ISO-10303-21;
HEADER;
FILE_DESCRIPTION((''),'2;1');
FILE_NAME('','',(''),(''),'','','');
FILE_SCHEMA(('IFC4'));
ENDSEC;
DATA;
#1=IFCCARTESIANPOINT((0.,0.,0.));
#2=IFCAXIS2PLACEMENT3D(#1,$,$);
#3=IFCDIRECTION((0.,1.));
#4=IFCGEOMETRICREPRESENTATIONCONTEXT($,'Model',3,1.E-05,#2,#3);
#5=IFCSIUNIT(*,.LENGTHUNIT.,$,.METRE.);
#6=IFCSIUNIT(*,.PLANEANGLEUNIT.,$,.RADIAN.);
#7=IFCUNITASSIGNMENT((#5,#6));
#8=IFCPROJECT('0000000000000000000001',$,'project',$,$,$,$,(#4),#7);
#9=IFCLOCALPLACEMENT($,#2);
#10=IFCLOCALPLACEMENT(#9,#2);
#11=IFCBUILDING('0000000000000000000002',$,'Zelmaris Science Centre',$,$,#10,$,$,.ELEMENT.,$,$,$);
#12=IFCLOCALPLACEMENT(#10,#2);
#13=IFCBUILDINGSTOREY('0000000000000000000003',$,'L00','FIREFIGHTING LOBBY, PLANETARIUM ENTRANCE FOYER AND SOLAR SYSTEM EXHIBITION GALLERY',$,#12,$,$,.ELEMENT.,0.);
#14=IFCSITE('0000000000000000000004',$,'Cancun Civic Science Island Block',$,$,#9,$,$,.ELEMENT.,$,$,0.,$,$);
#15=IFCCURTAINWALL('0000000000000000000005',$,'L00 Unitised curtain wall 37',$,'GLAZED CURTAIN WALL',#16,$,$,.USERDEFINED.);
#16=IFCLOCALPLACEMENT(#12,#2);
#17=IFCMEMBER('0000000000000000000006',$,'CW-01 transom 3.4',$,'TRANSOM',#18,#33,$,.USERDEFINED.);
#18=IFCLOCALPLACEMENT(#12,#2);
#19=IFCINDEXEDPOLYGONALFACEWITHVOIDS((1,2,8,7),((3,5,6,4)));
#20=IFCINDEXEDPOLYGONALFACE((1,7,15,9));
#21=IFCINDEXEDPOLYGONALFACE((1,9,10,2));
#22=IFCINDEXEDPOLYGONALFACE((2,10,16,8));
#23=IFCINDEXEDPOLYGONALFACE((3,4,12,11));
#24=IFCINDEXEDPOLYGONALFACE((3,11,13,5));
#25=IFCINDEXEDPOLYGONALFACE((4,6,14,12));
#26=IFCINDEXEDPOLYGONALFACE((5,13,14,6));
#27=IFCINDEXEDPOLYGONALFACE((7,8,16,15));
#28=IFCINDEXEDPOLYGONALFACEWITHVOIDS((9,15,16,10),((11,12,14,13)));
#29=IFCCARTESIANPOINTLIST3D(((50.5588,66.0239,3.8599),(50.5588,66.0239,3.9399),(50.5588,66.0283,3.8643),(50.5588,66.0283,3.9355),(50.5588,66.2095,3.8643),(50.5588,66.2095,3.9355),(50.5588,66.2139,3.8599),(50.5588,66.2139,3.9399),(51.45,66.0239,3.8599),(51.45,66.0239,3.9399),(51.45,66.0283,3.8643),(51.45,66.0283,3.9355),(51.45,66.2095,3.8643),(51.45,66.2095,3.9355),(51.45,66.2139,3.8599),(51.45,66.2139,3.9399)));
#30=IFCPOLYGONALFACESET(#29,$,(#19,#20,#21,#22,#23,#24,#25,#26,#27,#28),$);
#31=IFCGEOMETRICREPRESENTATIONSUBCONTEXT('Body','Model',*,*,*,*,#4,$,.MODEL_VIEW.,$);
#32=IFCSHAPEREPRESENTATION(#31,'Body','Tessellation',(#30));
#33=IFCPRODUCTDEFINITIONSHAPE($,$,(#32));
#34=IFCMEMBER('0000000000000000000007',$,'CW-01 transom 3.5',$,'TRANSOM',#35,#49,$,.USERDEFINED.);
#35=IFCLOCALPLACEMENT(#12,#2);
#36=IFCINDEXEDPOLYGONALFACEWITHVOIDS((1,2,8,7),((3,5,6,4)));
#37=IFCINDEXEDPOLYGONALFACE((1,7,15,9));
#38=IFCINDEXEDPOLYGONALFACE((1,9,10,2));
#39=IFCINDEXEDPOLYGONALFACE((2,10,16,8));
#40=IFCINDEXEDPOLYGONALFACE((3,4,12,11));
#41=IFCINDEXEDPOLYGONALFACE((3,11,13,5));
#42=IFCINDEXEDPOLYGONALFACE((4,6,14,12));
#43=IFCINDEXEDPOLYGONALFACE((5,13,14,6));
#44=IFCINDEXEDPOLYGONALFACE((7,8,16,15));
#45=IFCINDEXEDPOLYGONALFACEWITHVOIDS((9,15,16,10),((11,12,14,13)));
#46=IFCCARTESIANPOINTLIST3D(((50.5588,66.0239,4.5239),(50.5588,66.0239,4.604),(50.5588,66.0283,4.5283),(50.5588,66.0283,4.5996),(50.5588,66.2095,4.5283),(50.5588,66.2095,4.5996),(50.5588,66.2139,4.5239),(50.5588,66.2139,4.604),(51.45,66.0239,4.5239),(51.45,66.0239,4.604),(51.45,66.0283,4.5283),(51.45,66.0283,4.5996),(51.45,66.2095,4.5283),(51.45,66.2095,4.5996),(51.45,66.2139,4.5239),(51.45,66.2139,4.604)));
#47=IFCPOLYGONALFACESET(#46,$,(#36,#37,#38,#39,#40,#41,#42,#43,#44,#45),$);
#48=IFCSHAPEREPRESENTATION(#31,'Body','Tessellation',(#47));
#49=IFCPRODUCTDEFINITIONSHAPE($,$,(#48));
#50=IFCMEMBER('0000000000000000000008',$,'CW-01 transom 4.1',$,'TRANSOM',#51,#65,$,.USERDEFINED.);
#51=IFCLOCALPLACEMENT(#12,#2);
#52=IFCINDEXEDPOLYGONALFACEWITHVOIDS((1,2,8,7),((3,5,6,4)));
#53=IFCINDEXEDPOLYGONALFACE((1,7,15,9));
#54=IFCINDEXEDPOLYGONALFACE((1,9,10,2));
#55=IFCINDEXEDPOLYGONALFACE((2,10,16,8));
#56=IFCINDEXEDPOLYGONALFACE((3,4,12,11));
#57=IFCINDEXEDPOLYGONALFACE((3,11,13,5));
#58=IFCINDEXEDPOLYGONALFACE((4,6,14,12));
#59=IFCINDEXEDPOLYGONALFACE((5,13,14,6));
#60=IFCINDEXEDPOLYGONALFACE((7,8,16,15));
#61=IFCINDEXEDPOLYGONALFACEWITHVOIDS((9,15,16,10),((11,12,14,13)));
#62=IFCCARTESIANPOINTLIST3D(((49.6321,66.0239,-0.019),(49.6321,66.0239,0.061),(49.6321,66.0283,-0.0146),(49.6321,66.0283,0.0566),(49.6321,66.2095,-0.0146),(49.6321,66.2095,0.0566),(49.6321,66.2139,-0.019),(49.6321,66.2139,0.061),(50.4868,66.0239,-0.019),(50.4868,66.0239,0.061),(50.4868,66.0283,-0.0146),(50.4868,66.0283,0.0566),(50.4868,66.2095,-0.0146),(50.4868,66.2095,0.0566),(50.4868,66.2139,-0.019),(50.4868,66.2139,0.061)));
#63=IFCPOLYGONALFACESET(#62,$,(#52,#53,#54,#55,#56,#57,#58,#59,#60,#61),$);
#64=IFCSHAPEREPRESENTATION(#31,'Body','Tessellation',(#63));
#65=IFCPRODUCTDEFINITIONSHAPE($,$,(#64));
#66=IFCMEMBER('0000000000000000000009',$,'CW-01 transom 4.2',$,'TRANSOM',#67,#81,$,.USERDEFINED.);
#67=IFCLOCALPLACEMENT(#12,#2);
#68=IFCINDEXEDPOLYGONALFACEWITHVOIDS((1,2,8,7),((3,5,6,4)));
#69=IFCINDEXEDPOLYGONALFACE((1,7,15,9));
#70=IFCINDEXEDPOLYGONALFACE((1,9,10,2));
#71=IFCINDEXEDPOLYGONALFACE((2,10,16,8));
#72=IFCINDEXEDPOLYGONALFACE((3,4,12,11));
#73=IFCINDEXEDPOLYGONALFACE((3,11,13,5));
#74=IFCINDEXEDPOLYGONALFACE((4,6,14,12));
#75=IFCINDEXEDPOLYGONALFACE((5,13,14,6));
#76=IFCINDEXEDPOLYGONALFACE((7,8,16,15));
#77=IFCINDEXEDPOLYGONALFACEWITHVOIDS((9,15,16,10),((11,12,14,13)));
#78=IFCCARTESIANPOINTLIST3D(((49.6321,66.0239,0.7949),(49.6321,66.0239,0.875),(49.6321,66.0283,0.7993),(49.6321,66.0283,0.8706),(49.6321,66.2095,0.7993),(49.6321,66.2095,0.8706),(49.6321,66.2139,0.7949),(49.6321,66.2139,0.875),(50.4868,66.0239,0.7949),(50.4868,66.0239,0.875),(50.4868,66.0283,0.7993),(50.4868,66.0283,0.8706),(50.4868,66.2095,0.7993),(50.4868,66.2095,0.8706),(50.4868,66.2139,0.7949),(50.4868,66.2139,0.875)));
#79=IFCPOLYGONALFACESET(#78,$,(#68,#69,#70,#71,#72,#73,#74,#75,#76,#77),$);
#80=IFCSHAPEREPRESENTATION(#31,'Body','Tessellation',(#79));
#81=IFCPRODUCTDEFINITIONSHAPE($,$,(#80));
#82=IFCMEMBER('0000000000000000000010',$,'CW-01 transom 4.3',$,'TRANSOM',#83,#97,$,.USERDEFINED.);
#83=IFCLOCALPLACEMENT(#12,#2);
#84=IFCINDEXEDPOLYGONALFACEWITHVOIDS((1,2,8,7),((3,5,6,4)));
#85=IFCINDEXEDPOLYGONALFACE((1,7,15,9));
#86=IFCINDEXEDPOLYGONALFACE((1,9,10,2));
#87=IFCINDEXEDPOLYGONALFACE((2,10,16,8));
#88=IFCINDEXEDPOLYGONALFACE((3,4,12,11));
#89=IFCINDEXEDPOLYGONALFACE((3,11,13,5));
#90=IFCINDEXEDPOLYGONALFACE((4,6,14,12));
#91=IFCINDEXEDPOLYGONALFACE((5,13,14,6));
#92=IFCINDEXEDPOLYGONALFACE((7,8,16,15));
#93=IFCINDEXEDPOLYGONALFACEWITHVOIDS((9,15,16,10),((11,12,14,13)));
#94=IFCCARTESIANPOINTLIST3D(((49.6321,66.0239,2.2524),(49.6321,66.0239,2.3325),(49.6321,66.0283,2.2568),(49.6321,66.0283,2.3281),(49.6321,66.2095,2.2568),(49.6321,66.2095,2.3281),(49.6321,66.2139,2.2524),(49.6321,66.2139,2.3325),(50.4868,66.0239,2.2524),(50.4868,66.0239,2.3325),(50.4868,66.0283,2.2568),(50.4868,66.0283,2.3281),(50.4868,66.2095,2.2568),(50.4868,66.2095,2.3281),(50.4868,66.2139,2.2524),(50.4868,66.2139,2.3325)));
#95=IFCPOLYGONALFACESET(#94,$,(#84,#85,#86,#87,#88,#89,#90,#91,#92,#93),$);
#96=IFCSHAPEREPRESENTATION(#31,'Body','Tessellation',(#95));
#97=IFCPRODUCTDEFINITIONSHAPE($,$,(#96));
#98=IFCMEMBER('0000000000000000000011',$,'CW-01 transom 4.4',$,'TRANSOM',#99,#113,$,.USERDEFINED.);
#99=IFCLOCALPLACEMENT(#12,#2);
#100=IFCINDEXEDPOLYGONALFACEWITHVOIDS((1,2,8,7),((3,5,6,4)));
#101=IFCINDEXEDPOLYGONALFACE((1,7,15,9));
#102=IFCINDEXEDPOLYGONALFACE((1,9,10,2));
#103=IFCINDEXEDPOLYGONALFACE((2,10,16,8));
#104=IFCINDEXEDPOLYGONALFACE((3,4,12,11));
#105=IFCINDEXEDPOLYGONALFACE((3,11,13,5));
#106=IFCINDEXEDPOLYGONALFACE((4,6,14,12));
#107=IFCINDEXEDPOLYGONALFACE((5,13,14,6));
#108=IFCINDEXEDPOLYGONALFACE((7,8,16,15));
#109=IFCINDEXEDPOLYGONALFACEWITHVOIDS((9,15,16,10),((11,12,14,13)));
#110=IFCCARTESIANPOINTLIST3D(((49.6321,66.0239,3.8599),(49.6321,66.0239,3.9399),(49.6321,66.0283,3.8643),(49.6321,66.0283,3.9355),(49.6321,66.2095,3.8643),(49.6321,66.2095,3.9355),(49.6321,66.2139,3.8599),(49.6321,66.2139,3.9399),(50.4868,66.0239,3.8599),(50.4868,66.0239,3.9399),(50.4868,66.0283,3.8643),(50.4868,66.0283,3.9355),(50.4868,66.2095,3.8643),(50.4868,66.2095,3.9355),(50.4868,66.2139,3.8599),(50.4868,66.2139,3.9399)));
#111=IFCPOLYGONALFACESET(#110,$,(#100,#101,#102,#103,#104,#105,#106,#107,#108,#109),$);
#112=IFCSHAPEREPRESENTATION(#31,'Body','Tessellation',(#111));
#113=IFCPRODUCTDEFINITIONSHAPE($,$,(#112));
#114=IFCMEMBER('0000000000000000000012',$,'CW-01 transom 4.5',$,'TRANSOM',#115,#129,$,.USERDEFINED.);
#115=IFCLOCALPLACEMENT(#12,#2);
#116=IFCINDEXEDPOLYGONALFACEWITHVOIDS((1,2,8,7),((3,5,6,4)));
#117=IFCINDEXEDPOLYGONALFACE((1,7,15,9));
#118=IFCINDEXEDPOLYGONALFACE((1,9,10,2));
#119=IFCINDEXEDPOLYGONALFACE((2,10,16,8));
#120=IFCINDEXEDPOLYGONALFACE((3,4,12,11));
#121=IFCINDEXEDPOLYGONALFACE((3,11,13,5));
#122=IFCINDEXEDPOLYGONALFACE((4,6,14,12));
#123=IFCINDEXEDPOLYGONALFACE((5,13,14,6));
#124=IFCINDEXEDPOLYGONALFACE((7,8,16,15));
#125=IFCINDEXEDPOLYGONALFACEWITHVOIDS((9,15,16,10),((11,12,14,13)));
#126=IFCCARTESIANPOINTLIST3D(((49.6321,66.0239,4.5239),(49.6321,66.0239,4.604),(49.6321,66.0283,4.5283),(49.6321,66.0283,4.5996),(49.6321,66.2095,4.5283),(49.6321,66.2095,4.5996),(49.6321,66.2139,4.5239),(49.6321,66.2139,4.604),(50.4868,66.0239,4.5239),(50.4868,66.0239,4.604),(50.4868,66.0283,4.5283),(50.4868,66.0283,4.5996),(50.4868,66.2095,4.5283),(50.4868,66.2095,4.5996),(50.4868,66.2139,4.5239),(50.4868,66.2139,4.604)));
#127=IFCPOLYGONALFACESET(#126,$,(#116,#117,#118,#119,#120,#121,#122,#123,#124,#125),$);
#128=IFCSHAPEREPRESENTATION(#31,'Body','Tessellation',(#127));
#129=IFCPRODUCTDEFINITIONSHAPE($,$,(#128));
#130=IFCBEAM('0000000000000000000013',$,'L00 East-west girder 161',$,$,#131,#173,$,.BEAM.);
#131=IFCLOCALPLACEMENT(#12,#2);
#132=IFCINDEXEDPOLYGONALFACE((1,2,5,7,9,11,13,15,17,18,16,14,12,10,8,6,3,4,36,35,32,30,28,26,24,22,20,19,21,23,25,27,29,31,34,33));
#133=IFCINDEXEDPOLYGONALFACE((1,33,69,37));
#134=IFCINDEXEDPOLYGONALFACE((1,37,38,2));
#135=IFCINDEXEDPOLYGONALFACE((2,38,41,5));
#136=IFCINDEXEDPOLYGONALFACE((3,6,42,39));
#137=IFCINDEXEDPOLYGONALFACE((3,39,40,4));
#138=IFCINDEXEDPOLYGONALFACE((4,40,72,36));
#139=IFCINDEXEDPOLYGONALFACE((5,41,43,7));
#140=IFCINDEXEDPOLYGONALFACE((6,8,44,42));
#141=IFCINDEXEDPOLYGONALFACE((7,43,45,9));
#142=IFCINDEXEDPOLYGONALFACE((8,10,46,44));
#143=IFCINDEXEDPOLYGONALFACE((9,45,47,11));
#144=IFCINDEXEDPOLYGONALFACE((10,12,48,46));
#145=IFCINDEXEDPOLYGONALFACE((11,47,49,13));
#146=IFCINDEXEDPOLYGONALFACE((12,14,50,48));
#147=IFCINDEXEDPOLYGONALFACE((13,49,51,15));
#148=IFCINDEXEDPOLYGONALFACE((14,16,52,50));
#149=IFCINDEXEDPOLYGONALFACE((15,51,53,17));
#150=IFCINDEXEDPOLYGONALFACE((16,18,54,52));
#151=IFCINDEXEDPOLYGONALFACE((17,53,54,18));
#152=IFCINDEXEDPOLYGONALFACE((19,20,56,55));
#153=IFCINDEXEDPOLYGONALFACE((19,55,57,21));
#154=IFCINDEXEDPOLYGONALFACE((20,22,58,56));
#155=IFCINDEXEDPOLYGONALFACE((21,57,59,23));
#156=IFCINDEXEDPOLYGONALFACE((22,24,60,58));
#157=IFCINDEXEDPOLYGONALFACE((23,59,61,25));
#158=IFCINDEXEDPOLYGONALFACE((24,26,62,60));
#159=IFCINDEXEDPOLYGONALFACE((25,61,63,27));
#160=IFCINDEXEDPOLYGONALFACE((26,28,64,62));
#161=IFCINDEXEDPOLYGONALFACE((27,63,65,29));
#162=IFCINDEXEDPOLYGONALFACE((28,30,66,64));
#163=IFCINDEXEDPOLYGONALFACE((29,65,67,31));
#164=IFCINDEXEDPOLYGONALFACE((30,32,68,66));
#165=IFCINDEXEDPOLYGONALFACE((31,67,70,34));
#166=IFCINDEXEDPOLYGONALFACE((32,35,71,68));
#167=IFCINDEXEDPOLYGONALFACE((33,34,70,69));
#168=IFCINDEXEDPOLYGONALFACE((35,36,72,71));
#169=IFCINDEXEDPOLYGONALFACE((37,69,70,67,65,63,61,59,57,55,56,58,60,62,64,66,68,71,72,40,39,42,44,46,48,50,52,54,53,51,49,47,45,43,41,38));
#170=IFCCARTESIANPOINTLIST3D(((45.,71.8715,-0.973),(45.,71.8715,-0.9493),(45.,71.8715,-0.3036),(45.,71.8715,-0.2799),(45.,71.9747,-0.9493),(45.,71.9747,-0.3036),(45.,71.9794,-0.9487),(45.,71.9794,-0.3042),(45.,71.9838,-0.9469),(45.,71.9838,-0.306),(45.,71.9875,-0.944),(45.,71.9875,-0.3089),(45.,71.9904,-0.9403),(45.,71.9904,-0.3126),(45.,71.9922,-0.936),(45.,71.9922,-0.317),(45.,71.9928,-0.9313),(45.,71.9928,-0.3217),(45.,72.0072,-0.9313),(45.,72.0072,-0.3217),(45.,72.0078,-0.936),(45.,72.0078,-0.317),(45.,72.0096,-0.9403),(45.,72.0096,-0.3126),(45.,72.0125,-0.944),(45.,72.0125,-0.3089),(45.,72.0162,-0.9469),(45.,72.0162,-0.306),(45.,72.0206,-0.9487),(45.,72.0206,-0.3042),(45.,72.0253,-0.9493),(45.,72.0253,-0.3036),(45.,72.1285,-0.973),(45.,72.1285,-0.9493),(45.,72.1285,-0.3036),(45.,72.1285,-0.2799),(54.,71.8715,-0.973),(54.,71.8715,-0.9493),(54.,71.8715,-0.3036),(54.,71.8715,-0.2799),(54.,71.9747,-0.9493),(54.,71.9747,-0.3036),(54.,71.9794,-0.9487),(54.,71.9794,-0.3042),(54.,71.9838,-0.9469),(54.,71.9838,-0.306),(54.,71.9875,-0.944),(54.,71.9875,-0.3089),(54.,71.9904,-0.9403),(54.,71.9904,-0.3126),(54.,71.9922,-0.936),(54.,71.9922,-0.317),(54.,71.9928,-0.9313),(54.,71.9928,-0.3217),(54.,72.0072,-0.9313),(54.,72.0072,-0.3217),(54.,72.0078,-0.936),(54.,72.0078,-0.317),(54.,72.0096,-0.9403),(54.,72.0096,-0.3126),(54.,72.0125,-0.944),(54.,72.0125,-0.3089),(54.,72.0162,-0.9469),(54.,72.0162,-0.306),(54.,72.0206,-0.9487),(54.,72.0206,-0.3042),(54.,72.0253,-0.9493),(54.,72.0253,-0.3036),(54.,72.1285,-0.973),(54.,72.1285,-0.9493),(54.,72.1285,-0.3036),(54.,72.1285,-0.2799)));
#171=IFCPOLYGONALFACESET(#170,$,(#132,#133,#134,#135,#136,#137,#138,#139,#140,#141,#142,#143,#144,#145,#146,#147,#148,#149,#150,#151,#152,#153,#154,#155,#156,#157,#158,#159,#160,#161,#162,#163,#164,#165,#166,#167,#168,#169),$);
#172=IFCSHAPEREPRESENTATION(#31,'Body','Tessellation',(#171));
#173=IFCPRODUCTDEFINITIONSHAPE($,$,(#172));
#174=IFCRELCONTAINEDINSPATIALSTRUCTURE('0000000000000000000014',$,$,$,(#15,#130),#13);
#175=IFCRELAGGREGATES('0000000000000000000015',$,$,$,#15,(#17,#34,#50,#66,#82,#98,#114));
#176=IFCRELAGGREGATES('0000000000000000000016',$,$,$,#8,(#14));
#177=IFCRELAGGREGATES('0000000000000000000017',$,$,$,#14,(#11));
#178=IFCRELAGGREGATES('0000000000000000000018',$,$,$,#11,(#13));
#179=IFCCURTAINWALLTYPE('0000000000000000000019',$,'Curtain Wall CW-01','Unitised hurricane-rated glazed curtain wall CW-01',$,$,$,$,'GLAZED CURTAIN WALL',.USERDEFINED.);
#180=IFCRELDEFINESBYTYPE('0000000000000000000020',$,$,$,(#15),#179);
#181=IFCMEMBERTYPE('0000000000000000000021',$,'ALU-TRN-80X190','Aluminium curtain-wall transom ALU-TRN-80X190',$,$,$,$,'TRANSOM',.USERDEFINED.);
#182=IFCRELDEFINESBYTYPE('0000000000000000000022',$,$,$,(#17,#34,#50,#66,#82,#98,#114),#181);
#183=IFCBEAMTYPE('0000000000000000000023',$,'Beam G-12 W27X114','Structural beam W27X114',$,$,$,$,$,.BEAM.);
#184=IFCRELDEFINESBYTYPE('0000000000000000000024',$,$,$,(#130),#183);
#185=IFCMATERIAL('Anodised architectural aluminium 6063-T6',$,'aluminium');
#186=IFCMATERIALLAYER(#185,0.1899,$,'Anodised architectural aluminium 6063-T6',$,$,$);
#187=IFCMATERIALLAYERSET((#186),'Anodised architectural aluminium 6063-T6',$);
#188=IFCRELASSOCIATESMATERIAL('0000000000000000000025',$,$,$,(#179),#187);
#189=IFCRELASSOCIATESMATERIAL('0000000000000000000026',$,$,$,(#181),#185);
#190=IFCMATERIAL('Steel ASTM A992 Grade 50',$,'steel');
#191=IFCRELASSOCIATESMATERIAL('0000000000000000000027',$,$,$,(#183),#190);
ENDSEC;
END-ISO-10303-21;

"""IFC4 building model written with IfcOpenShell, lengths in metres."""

from ifc_helpers import new_model, si_unit, direction, frame, origin, origin_2d, place, context, subcontext, project, spatial, hollow_rectangle, i_section, extrude, material, layer, layer_set, material_profile, profile_set, type_object, element, aggregate, save


model = new_model("IFC4")

# Units and contexts
model_context = context("Model", 3, precision=1e-05, world=origin(), true_north=direction((0.0, 1.0)))
body_context = subcontext(model_context, "Body", "Model", "MODEL_VIEW")
ifc_project = project(units=[si_unit("LENGTHUNIT", "METRE"), si_unit("PLANEANGLEUNIT", "RADIAN")], contexts=[model_context])

# Site, building, storey
site_placement = place(None, origin())
site = spatial("IfcSite", under=ifc_project, at=site_placement, Name="Cancun Civic Science Island Block", CompositionType="ELEMENT", RefElevation=0.0)
building_placement = place(site_placement, origin())
building = spatial("IfcBuilding", under=site, at=building_placement, Name="Zelmaris Science Centre", CompositionType="ELEMENT")
storey_placement = place(building_placement, origin())
storey = spatial("IfcBuildingStorey", under=building, at=storey_placement, Name="L00", Description="FIREFIGHTING LOBBY, PLANETARIUM ENTRANCE FOYER AND SOLAR SYSTEM EXHIBITION GALLERY", CompositionType="ELEMENT", Elevation=0.0)

# Curtain wall, members
ifc_material_1 = material(Name="Anodised architectural aluminium 6063-T6", Category="aluminium")
ifc_layer_1 = layer(ifc_material_1, 0.1899, Name="Anodised architectural aluminium 6063-T6")
ifc_layer_set_1 = layer_set([ifc_layer_1], Name="Anodised architectural aluminium 6063-T6")
curtain_wall_type = type_object("IfcCurtainWallType", Name="Curtain Wall CW-01", Description="Unitised hurricane-rated glazed curtain wall CW-01", ElementType="GLAZED CURTAIN WALL", PredefinedType="USERDEFINED", material=ifc_layer_set_1)
curtain_wall_placement = place(storey_placement, origin())
curtain_wall = element("IfcCurtainWall", 1, at=curtain_wall_placement, inside=storey, type_object=curtain_wall_type, Name="L00 Unitised curtain wall 37", ObjectType="GLAZED CURTAIN WALL", PredefinedType="USERDEFINED")
ifc_material_profile_1 = material_profile(ifc_material_1, hollow_rectangle(XDim=0.0801, YDim=0.1899, WallThickness=0.0044, at=origin_2d()), Name="ALU-TRN-80X190")
ifc_profile_set_1 = profile_set([ifc_material_profile_1], Name="Anodised architectural aluminium 6063-T6")
member_type_1 = type_object("IfcMemberType", Name="ALU-TRN-80X190", Description="Aluminium curtain-wall transom ALU-TRN-80X190", ElementType="TRANSOM", PredefinedType="USERDEFINED", material=ifc_profile_set_1)
member_1_placement = place(storey_placement, frame((51.45, 66.1189, 3.8999), z_axis=(-1.0, 0.0, 0.0), x_axis=(0.0, 0.0, 1.0)))
member_1 = element("IfcMember", 2, at=member_1_placement, type_object=member_type_1, Name="CW-01 transom 3.4", ObjectType="TRANSOM", PredefinedType="USERDEFINED", context=body_context, shape_type="SweptSolid", body=[
    extrude(hollow_rectangle(XDim=0.0801, YDim=0.1899, WallThickness=0.0044, at=origin_2d()), origin(), (0.0, 0.0, 1.0), 0.8911),
])
member_2_placement = place(storey_placement, frame((51.45, 66.1189, 4.564), z_axis=(-1.0, 0.0, 0.0), x_axis=(0.0, 0.0, 1.0)))
member_2 = element("IfcMember", 3, at=member_2_placement, type_object=member_type_1, Name="CW-01 transom 3.5", ObjectType="TRANSOM", PredefinedType="USERDEFINED", context=body_context, shape_type="SweptSolid", body=[
    extrude(hollow_rectangle(XDim=0.0801, YDim=0.1899, WallThickness=0.0044, at=origin_2d()), origin(), (0.0, 0.0, 1.0), 0.8911),
])
member_3_placement = place(storey_placement, frame((50.4868, 66.1189, 0.021), z_axis=(-1.0, 0.0, 0.0), x_axis=(0.0, 0.0, 1.0)))
member_3 = element("IfcMember", 4, at=member_3_placement, type_object=member_type_1, Name="CW-01 transom 4.1", ObjectType="TRANSOM", PredefinedType="USERDEFINED", context=body_context, shape_type="SweptSolid", body=[
    extrude(hollow_rectangle(XDim=0.0801, YDim=0.1899, WallThickness=0.0044, at=origin_2d()), origin(), (0.0, 0.0, 1.0), 0.8547),
])
member_4_placement = place(storey_placement, frame((50.4868, 66.1189, 0.835), z_axis=(-1.0, 0.0, 0.0), x_axis=(0.0, 0.0, 1.0)))
member_4 = element("IfcMember", 5, at=member_4_placement, type_object=member_type_1, Name="CW-01 transom 4.2", ObjectType="TRANSOM", PredefinedType="USERDEFINED", context=body_context, shape_type="SweptSolid", body=[
    extrude(hollow_rectangle(XDim=0.0801, YDim=0.1899, WallThickness=0.0044, at=origin_2d()), origin(), (0.0, 0.0, 1.0), 0.8547),
])
member_5_placement = place(storey_placement, frame((50.4868, 66.1189, 2.2925), z_axis=(-1.0, 0.0, 0.0), x_axis=(0.0, 0.0, 1.0)))
member_5 = element("IfcMember", 6, at=member_5_placement, type_object=member_type_1, Name="CW-01 transom 4.3", ObjectType="TRANSOM", PredefinedType="USERDEFINED", context=body_context, shape_type="SweptSolid", body=[
    extrude(hollow_rectangle(XDim=0.0801, YDim=0.1899, WallThickness=0.0044, at=origin_2d()), origin(), (0.0, 0.0, 1.0), 0.8547),
])
member_6_placement = place(storey_placement, frame((50.4868, 66.1189, 3.8999), z_axis=(-1.0, 0.0, 0.0), x_axis=(0.0, 0.0, 1.0)))
member_6 = element("IfcMember", 7, at=member_6_placement, type_object=member_type_1, Name="CW-01 transom 4.4", ObjectType="TRANSOM", PredefinedType="USERDEFINED", context=body_context, shape_type="SweptSolid", body=[
    extrude(hollow_rectangle(XDim=0.0801, YDim=0.1899, WallThickness=0.0044, at=origin_2d()), origin(), (0.0, 0.0, 1.0), 0.8547),
])
member_7_placement = place(storey_placement, frame((50.4868, 66.1189, 4.564), z_axis=(-1.0, 0.0, 0.0), x_axis=(0.0, 0.0, 1.0)))
member_7 = element("IfcMember", 8, at=member_7_placement, type_object=member_type_1, Name="CW-01 transom 4.5", ObjectType="TRANSOM", PredefinedType="USERDEFINED", context=body_context, shape_type="SweptSolid", body=[
    extrude(hollow_rectangle(XDim=0.0801, YDim=0.1899, WallThickness=0.0044, at=origin_2d()), origin(), (0.0, 0.0, 1.0), 0.8547),
])

# Beam
ifc_material_2 = material(Name="Steel ASTM A992 Grade 50", Category="steel")
ifc_material_profile_2 = material_profile(ifc_material_2, i_section(OverallWidth=0.2571, OverallDepth=0.6931, WebThickness=0.0144, FlangeThickness=0.0237, FilletRadius=0.0181, at=origin_2d()), Name="W27X114")
ifc_profile_set_2 = profile_set([ifc_material_profile_2], Name="Steel ASTM A992 Grade 50")
beam_type_1 = type_object("IfcBeamType", Name="Beam G-12 W27X114", Description="Structural beam W27X114", PredefinedType="BEAM", material=ifc_profile_set_2)
beam_1_placement = place(storey_placement, frame((45.0, 72.0, -0.6265), z_axis=(1.0, 0.0, 0.0), x_axis=(0.0, 1.0, 0.0)))
element("IfcBeam", 9, at=beam_1_placement, inside=storey, type_object=beam_type_1, Name="L00 East-west girder 161", PredefinedType="BEAM", context=body_context, shape_type="SweptSolid", body=[
    extrude(i_section(OverallWidth=0.2571, OverallDepth=0.6931, WebThickness=0.0144, FlangeThickness=0.0237, FilletRadius=0.0181, at=origin_2d()), origin(), (0.0, 0.0, 1.0), 9.0),
])

aggregate(curtain_wall, [member_1, member_2, member_3, member_4, member_5, member_6, member_7])

save(model, "model.ifc")
